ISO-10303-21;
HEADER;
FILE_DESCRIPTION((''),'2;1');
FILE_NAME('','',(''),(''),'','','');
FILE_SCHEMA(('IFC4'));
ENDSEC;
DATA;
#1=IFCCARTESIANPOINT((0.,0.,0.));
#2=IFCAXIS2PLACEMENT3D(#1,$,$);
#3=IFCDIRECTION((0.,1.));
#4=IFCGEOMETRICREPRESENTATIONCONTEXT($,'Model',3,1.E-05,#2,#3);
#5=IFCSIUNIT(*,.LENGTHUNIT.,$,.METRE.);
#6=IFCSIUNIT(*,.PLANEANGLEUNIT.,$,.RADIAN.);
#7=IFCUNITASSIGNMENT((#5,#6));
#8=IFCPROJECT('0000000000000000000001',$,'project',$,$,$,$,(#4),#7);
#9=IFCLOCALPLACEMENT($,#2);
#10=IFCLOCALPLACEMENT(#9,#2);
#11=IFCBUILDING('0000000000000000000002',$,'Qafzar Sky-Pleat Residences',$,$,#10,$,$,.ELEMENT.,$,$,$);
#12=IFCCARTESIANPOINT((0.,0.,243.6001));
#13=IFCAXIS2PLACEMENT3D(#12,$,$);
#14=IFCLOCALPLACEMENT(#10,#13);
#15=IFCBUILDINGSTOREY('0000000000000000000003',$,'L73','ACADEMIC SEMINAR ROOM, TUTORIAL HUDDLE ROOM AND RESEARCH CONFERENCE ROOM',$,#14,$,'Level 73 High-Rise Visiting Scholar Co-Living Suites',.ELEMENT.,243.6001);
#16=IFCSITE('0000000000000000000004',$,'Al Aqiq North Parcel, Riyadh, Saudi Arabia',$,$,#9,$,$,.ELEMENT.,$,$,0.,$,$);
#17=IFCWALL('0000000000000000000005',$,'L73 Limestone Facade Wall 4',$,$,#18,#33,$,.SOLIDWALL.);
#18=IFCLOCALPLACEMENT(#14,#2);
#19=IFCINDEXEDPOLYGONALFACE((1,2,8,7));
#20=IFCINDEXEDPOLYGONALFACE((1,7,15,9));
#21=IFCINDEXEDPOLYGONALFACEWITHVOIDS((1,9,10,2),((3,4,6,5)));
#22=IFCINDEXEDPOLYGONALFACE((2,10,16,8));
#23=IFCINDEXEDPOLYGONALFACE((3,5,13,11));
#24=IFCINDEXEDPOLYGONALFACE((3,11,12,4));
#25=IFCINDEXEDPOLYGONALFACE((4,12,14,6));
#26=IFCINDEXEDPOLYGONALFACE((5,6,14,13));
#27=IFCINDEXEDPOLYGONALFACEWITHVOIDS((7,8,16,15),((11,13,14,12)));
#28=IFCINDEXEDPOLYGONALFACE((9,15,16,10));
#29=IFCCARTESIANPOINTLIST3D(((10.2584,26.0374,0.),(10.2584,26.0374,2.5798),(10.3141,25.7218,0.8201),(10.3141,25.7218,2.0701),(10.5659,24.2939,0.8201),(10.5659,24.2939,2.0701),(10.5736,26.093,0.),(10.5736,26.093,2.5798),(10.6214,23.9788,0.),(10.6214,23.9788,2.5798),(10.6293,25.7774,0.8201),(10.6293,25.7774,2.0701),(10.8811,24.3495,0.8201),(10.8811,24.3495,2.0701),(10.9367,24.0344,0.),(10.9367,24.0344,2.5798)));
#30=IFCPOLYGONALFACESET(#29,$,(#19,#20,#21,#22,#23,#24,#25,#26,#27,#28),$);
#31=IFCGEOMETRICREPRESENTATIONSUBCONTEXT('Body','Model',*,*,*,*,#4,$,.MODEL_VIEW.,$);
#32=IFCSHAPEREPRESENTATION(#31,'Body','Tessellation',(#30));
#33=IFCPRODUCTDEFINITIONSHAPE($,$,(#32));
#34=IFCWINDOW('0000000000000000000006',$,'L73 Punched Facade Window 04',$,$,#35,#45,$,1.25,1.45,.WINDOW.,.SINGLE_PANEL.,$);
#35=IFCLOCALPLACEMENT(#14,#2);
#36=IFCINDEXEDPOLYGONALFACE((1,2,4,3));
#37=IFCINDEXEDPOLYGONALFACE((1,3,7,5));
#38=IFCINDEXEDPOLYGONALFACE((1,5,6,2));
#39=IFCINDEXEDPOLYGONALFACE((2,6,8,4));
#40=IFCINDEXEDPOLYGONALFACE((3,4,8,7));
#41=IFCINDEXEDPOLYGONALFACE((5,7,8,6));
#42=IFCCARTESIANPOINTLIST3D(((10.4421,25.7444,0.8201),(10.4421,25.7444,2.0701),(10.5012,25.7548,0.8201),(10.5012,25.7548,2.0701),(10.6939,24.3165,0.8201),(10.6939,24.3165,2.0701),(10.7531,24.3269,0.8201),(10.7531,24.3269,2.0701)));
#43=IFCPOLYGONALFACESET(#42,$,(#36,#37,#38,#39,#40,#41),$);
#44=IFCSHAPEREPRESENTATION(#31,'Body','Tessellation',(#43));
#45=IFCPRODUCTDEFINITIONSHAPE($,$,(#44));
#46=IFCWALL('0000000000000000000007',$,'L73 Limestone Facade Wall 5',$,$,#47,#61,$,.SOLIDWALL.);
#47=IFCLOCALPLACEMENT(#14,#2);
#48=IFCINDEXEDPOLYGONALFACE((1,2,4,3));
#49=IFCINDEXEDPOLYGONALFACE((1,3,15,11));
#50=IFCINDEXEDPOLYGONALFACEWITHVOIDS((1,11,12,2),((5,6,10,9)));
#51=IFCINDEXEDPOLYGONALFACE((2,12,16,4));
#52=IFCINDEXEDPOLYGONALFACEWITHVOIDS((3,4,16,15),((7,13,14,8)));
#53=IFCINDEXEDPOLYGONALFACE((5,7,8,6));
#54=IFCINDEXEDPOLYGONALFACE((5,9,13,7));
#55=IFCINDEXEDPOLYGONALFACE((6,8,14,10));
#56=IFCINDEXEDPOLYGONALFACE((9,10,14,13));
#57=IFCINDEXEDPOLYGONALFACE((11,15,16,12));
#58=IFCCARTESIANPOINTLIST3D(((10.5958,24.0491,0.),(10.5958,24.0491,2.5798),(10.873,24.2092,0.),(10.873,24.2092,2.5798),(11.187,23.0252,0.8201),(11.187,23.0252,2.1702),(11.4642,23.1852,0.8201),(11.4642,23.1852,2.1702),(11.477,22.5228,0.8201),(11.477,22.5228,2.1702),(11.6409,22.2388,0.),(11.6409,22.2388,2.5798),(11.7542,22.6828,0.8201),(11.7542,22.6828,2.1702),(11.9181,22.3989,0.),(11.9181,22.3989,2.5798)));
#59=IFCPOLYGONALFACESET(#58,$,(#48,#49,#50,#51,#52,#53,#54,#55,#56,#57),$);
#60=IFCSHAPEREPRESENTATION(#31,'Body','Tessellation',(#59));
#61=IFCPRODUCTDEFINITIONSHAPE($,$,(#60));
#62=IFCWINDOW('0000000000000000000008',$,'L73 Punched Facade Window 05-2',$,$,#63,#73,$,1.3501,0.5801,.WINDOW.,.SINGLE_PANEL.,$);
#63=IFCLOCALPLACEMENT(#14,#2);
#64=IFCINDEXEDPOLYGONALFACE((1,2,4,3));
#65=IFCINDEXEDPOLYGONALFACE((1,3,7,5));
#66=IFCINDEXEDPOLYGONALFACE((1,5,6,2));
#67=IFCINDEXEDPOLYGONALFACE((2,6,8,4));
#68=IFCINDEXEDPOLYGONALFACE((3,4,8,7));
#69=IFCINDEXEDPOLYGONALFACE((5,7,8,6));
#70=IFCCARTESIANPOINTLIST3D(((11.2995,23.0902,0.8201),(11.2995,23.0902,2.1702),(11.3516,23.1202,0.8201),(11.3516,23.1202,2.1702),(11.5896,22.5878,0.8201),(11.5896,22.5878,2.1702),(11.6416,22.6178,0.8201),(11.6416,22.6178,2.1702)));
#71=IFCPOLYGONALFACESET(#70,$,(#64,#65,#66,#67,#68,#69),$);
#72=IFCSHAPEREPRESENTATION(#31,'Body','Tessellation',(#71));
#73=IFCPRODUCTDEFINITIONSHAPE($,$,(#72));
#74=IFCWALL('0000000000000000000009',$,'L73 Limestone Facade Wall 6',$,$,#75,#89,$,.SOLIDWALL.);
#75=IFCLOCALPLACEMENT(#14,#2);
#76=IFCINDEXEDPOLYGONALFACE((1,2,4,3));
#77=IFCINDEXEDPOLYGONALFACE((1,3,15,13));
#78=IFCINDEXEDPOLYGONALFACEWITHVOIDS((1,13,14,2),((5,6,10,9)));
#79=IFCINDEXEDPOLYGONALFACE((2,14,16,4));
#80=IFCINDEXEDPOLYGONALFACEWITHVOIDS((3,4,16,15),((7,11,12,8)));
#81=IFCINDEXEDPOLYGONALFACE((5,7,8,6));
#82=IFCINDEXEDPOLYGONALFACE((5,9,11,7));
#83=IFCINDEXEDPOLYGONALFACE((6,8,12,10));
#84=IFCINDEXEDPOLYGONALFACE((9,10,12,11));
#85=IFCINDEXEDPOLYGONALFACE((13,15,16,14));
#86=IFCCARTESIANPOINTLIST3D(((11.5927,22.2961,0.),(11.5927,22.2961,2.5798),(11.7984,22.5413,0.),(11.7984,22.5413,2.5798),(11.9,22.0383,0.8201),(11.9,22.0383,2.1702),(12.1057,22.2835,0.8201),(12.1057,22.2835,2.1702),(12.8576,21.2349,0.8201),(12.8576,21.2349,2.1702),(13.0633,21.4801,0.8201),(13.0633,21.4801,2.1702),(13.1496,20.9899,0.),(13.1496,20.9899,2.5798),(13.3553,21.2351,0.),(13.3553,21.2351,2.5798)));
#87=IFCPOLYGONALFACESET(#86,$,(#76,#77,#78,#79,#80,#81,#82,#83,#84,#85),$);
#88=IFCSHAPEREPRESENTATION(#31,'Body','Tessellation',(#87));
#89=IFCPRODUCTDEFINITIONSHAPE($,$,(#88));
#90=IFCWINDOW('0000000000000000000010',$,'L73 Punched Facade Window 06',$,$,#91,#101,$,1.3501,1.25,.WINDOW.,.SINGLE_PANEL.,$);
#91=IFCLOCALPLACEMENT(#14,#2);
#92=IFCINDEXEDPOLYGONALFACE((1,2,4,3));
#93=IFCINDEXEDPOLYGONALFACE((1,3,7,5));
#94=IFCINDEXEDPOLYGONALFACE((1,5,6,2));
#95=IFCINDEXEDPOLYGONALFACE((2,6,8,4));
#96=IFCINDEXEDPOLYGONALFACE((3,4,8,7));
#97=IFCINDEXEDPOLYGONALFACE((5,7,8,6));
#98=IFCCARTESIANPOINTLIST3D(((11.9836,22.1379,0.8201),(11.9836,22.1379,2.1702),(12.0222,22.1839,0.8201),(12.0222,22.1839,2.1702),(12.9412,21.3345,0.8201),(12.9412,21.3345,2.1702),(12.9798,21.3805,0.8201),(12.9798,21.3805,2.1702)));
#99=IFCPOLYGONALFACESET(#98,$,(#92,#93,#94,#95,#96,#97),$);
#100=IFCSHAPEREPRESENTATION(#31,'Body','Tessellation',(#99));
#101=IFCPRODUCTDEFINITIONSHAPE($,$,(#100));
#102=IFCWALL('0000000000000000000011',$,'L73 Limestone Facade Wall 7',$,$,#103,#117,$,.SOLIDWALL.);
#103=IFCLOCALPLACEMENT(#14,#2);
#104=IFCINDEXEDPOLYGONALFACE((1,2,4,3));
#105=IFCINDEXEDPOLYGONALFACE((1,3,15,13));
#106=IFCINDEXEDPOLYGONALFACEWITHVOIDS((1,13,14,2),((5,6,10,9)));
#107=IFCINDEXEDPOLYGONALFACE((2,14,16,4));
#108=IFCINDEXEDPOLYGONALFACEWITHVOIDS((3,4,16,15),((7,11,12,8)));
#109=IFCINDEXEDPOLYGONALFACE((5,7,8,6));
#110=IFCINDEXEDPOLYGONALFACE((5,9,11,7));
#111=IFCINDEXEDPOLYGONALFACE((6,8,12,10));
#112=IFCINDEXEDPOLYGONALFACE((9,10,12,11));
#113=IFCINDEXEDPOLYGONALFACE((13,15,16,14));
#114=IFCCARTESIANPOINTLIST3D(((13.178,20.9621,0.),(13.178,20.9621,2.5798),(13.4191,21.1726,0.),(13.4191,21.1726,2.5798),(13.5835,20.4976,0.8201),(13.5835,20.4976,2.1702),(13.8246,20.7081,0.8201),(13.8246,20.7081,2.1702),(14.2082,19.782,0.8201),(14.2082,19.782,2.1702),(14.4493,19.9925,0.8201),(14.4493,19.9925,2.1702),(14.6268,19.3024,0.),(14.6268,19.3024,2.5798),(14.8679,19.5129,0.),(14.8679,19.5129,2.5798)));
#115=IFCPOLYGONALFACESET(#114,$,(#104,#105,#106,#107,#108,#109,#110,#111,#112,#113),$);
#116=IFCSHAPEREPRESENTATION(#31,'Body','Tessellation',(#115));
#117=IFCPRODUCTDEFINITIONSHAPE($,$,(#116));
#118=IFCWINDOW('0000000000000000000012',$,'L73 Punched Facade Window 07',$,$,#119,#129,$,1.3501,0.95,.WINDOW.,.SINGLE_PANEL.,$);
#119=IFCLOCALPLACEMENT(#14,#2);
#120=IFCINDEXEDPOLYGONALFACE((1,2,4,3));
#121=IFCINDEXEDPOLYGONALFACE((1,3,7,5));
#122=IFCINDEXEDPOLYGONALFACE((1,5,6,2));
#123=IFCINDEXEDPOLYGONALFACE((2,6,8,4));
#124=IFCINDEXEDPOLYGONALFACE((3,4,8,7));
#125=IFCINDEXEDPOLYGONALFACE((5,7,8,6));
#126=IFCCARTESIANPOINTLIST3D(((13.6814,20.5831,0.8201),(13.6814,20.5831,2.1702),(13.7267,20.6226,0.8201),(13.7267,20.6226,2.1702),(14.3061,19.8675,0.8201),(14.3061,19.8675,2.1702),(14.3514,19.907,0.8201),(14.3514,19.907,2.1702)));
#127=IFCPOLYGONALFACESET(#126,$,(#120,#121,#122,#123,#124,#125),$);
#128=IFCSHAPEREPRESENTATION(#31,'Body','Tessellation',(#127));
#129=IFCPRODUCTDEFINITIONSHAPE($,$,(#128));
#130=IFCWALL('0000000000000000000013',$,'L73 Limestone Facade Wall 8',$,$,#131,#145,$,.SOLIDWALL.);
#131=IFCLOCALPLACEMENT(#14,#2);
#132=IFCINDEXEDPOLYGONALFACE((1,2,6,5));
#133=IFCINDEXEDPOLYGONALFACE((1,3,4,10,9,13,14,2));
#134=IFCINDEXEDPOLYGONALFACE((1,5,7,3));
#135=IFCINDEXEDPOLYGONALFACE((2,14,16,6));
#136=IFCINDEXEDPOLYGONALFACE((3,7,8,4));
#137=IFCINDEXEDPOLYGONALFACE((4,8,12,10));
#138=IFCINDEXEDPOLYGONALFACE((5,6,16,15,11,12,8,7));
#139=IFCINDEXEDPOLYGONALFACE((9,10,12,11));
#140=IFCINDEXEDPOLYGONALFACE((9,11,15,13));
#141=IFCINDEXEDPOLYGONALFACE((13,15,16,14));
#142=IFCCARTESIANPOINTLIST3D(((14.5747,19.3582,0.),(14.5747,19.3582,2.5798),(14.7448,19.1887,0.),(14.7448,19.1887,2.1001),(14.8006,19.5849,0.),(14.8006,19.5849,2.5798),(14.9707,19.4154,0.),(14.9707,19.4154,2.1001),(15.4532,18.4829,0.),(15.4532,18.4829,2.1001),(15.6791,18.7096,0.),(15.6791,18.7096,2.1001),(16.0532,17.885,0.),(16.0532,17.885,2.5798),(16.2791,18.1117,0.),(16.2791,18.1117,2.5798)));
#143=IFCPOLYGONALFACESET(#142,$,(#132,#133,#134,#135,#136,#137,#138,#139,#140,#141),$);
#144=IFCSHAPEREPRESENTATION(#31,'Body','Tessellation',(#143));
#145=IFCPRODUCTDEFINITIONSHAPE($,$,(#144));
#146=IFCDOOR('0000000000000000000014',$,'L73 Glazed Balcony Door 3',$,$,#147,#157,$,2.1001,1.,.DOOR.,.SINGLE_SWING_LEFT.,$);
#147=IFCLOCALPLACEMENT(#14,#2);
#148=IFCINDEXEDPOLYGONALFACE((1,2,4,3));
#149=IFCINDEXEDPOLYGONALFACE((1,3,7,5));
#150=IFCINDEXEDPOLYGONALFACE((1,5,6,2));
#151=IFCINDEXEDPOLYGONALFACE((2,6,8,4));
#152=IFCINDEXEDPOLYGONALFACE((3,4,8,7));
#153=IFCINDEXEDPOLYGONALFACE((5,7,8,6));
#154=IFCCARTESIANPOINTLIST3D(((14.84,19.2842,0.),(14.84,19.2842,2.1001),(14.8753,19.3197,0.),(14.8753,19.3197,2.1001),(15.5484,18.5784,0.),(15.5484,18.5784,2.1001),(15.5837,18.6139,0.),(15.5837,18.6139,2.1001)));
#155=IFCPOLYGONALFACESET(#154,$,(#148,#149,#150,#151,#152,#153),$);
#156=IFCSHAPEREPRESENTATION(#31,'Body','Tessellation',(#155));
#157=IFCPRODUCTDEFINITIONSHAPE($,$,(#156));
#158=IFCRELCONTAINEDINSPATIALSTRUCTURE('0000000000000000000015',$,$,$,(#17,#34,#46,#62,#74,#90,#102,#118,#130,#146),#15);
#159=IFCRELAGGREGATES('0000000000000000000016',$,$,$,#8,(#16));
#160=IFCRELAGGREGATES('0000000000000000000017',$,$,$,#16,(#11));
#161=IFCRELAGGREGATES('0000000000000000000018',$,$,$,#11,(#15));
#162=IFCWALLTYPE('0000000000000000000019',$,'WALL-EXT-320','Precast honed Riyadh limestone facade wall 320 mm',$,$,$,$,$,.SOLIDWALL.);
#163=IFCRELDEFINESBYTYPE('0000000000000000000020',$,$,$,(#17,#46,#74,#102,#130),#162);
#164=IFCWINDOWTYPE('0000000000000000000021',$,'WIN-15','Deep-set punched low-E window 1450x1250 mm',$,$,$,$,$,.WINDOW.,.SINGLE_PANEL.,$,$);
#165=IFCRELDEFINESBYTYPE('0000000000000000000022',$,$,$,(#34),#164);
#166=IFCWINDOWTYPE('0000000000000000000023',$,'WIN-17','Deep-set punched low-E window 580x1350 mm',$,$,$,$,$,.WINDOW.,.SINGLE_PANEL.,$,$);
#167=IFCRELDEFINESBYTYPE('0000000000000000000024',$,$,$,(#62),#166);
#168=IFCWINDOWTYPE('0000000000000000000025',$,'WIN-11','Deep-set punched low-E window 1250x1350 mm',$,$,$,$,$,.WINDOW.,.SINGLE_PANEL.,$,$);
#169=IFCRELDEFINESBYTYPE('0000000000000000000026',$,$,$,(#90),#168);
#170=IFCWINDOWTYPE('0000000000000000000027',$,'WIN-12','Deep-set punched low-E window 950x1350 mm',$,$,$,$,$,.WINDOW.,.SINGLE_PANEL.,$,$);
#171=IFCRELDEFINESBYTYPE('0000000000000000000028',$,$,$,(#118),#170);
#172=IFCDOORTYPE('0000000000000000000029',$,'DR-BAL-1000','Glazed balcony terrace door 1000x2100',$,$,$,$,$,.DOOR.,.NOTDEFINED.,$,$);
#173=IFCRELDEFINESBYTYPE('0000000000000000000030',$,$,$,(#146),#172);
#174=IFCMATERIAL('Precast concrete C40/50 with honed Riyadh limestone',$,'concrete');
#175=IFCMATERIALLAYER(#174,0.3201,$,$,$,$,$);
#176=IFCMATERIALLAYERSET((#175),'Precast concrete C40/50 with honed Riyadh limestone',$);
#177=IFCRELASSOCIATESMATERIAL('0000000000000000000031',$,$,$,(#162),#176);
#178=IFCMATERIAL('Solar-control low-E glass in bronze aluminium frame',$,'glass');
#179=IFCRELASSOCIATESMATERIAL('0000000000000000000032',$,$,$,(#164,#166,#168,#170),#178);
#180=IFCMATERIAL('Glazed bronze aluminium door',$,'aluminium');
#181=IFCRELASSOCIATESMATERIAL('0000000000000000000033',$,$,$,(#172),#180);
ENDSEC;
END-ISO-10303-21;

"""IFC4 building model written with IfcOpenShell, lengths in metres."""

from ifc_helpers import new_model, si_unit, direction, frame, frame_2d, origin, place, context, subcontext, project, spatial, rectangle, extrude, source, transform, mapped, material, layer, layer_set, type_object, element, fill, save


model = new_model("IFC4")

# Units and contexts
model_context = context("Model", 3, precision=1e-05, world=origin(), true_north=direction((0.0, 1.0)))
body_context = subcontext(model_context, "Body", "Model", "MODEL_VIEW")
ifc_project = project(units=[si_unit("LENGTHUNIT", "METRE"), si_unit("PLANEANGLEUNIT", "RADIAN")], contexts=[model_context])

# Site, building, storey
site_placement = place(None, origin())
site = spatial("IfcSite", under=ifc_project, at=site_placement, Name="Al Aqiq North Parcel, Riyadh, Saudi Arabia", CompositionType="ELEMENT", RefElevation=0.0)
building_placement = place(site_placement, origin())
building = spatial("IfcBuilding", under=site, at=building_placement, Name="Qafzar Sky-Pleat Residences", CompositionType="ELEMENT")
storey_placement = place(building_placement, frame((0.0, 0.0, 243.6001)))
storey = spatial("IfcBuildingStorey", under=building, at=storey_placement, Name="L73", Description="ACADEMIC SEMINAR ROOM, TUTORIAL HUDDLE ROOM AND RESEARCH CONFERENCE ROOM", LongName="Level 73 High-Rise Visiting Scholar Co-Living Suites", CompositionType="ELEMENT", Elevation=243.6001)

# Walls, openings, windows
ifc_material_1 = material(Name="Precast concrete C40/50 with honed Riyadh limestone", Category="concrete")
ifc_layer_1 = layer(ifc_material_1, 0.3201)
ifc_layer_set_1 = layer_set([ifc_layer_1], Name="Precast concrete C40/50 with honed Riyadh limestone")
wall_type_1 = type_object("IfcWallType", Name="WALL-EXT-320", Description="Precast honed Riyadh limestone facade wall 320 mm", PredefinedType="SOLIDWALL", material=ifc_layer_set_1)
wall_1_placement = place(storey_placement, frame((10.416, 26.0652, 0.0), z_axis=(0.0, 0.0, 1.0), x_axis=(0.173672, -0.984804, 0.0)))
wall_1 = element("IfcWall", 1, at=wall_1_placement, inside=storey, type_object=wall_type_1, Name="L73 Limestone Facade Wall 4", PredefinedType="SOLIDWALL", context=body_context, shape_type="SweptSolid", body=[
    extrude(rectangle(XDim=2.0903, YDim=0.3201, at=frame_2d((1.0452, 0.0))), origin(), (0.0, 0.0, 1.0), 2.5798),
])
opening_1_placement = place(wall_1_placement, frame((0.3203, 0.0, 0.8201)))
opening_1 = element("IfcOpeningElement", 2, at=opening_1_placement, cuts=wall_1, PredefinedType="OPENING", context=body_context, shape_type="SweptSolid", body=[
    extrude(rectangle(XDim=1.45, YDim=1.25, at=frame_2d((0.7251, 0.625))), frame((0.0, 0.1699, 0.0), z_axis=(0.0, -1.0, 0.0), x_axis=(1.0, 0.0, 0.0)), (0.0, 0.0, 1.0), 0.3401),
])
ifc_material_2 = material(Name="Solar-control low-E glass in bronze aluminium frame", Category="glass")
window_type_1 = type_object("IfcWindowType", Name="WIN-15", Description="Deep-set punched low-E window 1450x1250 mm", PartitioningType="SINGLE_PANEL", PredefinedType="WINDOW", material=ifc_material_2)
shared_shape_1 = source(origin(), body_context, "Body", "SweptSolid", [
    extrude(rectangle(XDim=1.45, YDim=1.25, at=frame_2d((0.7251, 0.625))), frame((0.0, 0.03, 0.0), z_axis=(0.0, -1.0, 0.0), x_axis=(1.0, 0.0, 0.0)), (0.0, 0.0, 1.0), 0.0601),
])
window_1_placement = place(opening_1_placement, origin())
window_1 = element("IfcWindow", 3, at=window_1_placement, inside=storey, type_object=window_type_1, Name="L73 Punched Facade Window 04", OverallHeight=1.25, OverallWidth=1.45, PartitioningType="SINGLE_PANEL", PredefinedType="WINDOW", context=body_context, shape_type="MappedRepresentation", body=[
    mapped(shared_shape_1, transform((0.0, 0.0, 0.0), x_axis=(1.0, 0.0, 0.0), y_axis=(0.0, 1.0, 0.0), z_axis=(0.0, 0.0, 1.0), scale=1.0)),
])
fill(opening_1, window_1)
wall_2_placement = place(storey_placement, frame((10.7344, 24.1292, 0.0), z_axis=(0.0, 0.0, 1.0), x_axis=(0.499995, -0.866028, 0.0)))
wall_2 = element("IfcWall", 4, at=wall_2_placement, inside=storey, type_object=wall_type_1, Name="L73 Limestone Facade Wall 5", PredefinedType="SOLIDWALL", context=body_context, shape_type="SweptSolid", body=[
    extrude(rectangle(XDim=2.0903, YDim=0.3201, at=frame_2d((1.0452, 0.0))), origin(), (0.0, 0.0, 1.0), 2.5798),
])
opening_2_placement = place(wall_2_placement, frame((1.1824, 0.0, 0.8201)))
opening_2 = element("IfcOpeningElement", 5, at=opening_2_placement, cuts=wall_2, PredefinedType="OPENING", context=body_context, shape_type="SweptSolid", body=[
    extrude(rectangle(XDim=0.5801, YDim=1.3501, at=frame_2d((0.29, 0.675))), frame((0.0, 0.1699, 0.0), z_axis=(0.0, -1.0, 0.0), x_axis=(1.0, 0.0, 0.0)), (0.0, 0.0, 1.0), 0.3401),
])
window_type_2 = type_object("IfcWindowType", Name="WIN-17", Description="Deep-set punched low-E window 580x1350 mm", PartitioningType="SINGLE_PANEL", PredefinedType="WINDOW", material=ifc_material_2)
shared_shape_2 = source(origin(), body_context, "Body", "SweptSolid", [
    extrude(rectangle(XDim=0.5801, YDim=1.3501, at=frame_2d((0.29, 0.675))), frame((0.0, 0.03, 0.0), z_axis=(0.0, -1.0, 0.0), x_axis=(1.0, 0.0, 0.0)), (0.0, 0.0, 1.0), 0.0601),
])
window_2_placement = place(opening_2_placement, origin())
window_2 = element("IfcWindow", 6, at=window_2_placement, inside=storey, type_object=window_type_2, Name="L73 Punched Facade Window 05-2", OverallHeight=1.3501, OverallWidth=0.5801, PartitioningType="SINGLE_PANEL", PredefinedType="WINDOW", context=body_context, shape_type="MappedRepresentation", body=[
    mapped(shared_shape_2, transform((0.0, 0.0, 0.0), x_axis=(1.0, 0.0, 0.0), y_axis=(0.0, 1.0, 0.0), z_axis=(0.0, 0.0, 1.0), scale=1.0)),
])
fill(opening_2, window_2)
wall_3_placement = place(storey_placement, frame((11.6956, 22.4187, 0.0), z_axis=(0.0, 0.0, 1.0), x_axis=(0.7661, -0.642721, 0.0)))
wall_3 = element("IfcWall", 7, at=wall_3_placement, inside=storey, type_object=wall_type_1, Name="L73 Limestone Facade Wall 6", PredefinedType="SOLIDWALL", context=body_context, shape_type="SweptSolid", body=[
    extrude(rectangle(XDim=2.0322, YDim=0.3201, at=frame_2d((1.0161, 0.0))), origin(), (0.0, 0.0, 1.0), 2.5798),
])
opening_3_placement = place(wall_3_placement, frame((0.4011, 0.0, 0.8201)))
opening_3 = element("IfcOpeningElement", 8, at=opening_3_placement, cuts=wall_3, PredefinedType="OPENING", context=body_context, shape_type="SweptSolid", body=[
    extrude(rectangle(XDim=1.25, YDim=1.3501, at=frame_2d((0.625, 0.675))), frame((0.0, 0.1699, 0.0), z_axis=(0.0, -1.0, 0.0), x_axis=(1.0, 0.0, 0.0)), (0.0, 0.0, 1.0), 0.3401),
])
window_type_3 = type_object("IfcWindowType", Name="WIN-11", Description="Deep-set punched low-E window 1250x1350 mm", PartitioningType="SINGLE_PANEL", PredefinedType="WINDOW", material=ifc_material_2)
shared_shape_3 = source(origin(), body_context, "Body", "SweptSolid", [
    extrude(rectangle(XDim=1.25, YDim=1.3501, at=frame_2d((0.625, 0.675))), frame((0.0, 0.03, 0.0), z_axis=(0.0, -1.0, 0.0), x_axis=(1.0, 0.0, 0.0)), (0.0, 0.0, 1.0), 0.0601),
])
window_3_placement = place(opening_3_placement, origin())
window_3 = element("IfcWindow", 9, at=window_3_placement, inside=storey, type_object=window_type_3, Name="L73 Punched Facade Window 06", OverallHeight=1.3501, OverallWidth=1.25, PartitioningType="SINGLE_PANEL", PredefinedType="WINDOW", context=body_context, shape_type="MappedRepresentation", body=[
    mapped(shared_shape_3, transform((0.0, 0.0, 0.0), x_axis=(1.0, 0.0, 0.0), y_axis=(0.0, 1.0, 0.0), z_axis=(0.0, 0.0, 1.0), scale=1.0)),
])
fill(opening_3, window_3)
wall_4_placement = place(storey_placement, frame((13.2986, 21.0674, 0.0), z_axis=(0.0, 0.0, 1.0), x_axis=(0.65761, -0.753359, 0.0)))
wall_4 = element("IfcWall", 10, at=wall_4_placement, inside=storey, type_object=wall_type_1, Name="L73 Limestone Facade Wall 7", PredefinedType="SOLIDWALL", context=body_context, shape_type="SweptSolid", body=[
    extrude(rectangle(XDim=2.2031, YDim=0.3201, at=frame_2d((1.1016, 0.0))), origin(), (0.0, 0.0, 1.0), 2.5798),
])
opening_4_placement = place(wall_4_placement, frame((0.6165, 0.0, 0.8201)))
opening_4 = element("IfcOpeningElement", 11, at=opening_4_placement, cuts=wall_4, PredefinedType="OPENING", context=body_context, shape_type="SweptSolid", body=[
    extrude(rectangle(XDim=0.95, YDim=1.3501, at=frame_2d((0.4751, 0.675))), frame((0.0, 0.1699, 0.0), z_axis=(0.0, -1.0, 0.0), x_axis=(1.0, 0.0, 0.0)), (0.0, 0.0, 1.0), 0.3401),
])
window_type_4 = type_object("IfcWindowType", Name="WIN-12", Description="Deep-set punched low-E window 950x1350 mm", PartitioningType="SINGLE_PANEL", PredefinedType="WINDOW", material=ifc_material_2)
shared_shape_4 = source(origin(), body_context, "Body", "SweptSolid", [
    extrude(rectangle(XDim=0.95, YDim=1.3501, at=frame_2d((0.4751, 0.675))), frame((0.0, 0.03, 0.0), z_axis=(0.0, -1.0, 0.0), x_axis=(1.0, 0.0, 0.0)), (0.0, 0.0, 1.0), 0.0601),
])
window_4_placement = place(opening_4_placement, origin())
window_4 = element("IfcWindow", 12, at=window_4_placement, inside=storey, type_object=window_type_4, Name="L73 Punched Facade Window 07", OverallHeight=1.3501, OverallWidth=0.95, PartitioningType="SINGLE_PANEL", PredefinedType="WINDOW", context=body_context, shape_type="MappedRepresentation", body=[
    mapped(shared_shape_4, transform((0.0, 0.0, 0.0), x_axis=(1.0, 0.0, 0.0), y_axis=(0.0, 1.0, 0.0), z_axis=(0.0, 0.0, 1.0), scale=1.0)),
])
fill(opening_4, window_4)

# Wall, opening, door
wall_5_placement = place(storey_placement, frame((14.6877, 19.4714, 0.0), z_axis=(0.0, 0.0, 1.0), x_axis=(0.708392, -0.705819, 0.0)))
wall_5 = element("IfcWall", 13, at=wall_5_placement, inside=storey, type_object=wall_type_1, Name="L73 Limestone Facade Wall 8", PredefinedType="SOLIDWALL", context=body_context, shape_type="SweptSolid", body=[
    extrude(rectangle(XDim=2.0872, YDim=0.3201, at=frame_2d((1.0435, 0.0))), origin(), (0.0, 0.0, 1.0), 2.5798),
])
opening_5_placement = place(wall_5_placement, frame((0.24, 0.0, 0.0)))
opening_5 = element("IfcOpeningElement", 14, at=opening_5_placement, cuts=wall_5, PredefinedType="OPENING", context=body_context, shape_type="SweptSolid", body=[
    extrude(rectangle(XDim=1.0, YDim=2.1001, at=frame_2d((0.5, 1.05))), frame((0.0, 0.1699, 0.0), z_axis=(0.0, -1.0, 0.0), x_axis=(1.0, 0.0, 0.0)), (0.0, 0.0, 1.0), 0.3401),
])
ifc_material_3 = material(Name="Glazed bronze aluminium door", Category="aluminium")
door_type = type_object("IfcDoorType", Name="DR-BAL-1000", Description="Glazed balcony terrace door 1000x2100", OperationType="NOTDEFINED", PredefinedType="DOOR", material=ifc_material_3)
shared_shape_5 = source(origin(), body_context, "Body", "SweptSolid", [
    extrude(rectangle(XDim=1.0, YDim=2.1001, at=frame_2d((0.5, 1.05))), frame((0.0, 0.0249, 0.0), z_axis=(0.0, -1.0, 0.0), x_axis=(1.0, 0.0, 0.0)), (0.0, 0.0, 1.0), 0.05),
])
door_placement = place(opening_5_placement, origin())
door = element("IfcDoor", 15, at=door_placement, inside=storey, type_object=door_type, Name="L73 Glazed Balcony Door 3", OperationType="SINGLE_SWING_LEFT", OverallHeight=2.1001, OverallWidth=1.0, PredefinedType="DOOR", context=body_context, shape_type="MappedRepresentation", body=[
    mapped(shared_shape_5, transform((0.0, 0.0, 0.0), x_axis=(1.0, 0.0, 0.0), y_axis=(0.0, 1.0, 0.0), z_axis=(0.0, 0.0, 1.0), scale=1.0)),
])
fill(opening_5, door)

save(model, "model.ifc")
